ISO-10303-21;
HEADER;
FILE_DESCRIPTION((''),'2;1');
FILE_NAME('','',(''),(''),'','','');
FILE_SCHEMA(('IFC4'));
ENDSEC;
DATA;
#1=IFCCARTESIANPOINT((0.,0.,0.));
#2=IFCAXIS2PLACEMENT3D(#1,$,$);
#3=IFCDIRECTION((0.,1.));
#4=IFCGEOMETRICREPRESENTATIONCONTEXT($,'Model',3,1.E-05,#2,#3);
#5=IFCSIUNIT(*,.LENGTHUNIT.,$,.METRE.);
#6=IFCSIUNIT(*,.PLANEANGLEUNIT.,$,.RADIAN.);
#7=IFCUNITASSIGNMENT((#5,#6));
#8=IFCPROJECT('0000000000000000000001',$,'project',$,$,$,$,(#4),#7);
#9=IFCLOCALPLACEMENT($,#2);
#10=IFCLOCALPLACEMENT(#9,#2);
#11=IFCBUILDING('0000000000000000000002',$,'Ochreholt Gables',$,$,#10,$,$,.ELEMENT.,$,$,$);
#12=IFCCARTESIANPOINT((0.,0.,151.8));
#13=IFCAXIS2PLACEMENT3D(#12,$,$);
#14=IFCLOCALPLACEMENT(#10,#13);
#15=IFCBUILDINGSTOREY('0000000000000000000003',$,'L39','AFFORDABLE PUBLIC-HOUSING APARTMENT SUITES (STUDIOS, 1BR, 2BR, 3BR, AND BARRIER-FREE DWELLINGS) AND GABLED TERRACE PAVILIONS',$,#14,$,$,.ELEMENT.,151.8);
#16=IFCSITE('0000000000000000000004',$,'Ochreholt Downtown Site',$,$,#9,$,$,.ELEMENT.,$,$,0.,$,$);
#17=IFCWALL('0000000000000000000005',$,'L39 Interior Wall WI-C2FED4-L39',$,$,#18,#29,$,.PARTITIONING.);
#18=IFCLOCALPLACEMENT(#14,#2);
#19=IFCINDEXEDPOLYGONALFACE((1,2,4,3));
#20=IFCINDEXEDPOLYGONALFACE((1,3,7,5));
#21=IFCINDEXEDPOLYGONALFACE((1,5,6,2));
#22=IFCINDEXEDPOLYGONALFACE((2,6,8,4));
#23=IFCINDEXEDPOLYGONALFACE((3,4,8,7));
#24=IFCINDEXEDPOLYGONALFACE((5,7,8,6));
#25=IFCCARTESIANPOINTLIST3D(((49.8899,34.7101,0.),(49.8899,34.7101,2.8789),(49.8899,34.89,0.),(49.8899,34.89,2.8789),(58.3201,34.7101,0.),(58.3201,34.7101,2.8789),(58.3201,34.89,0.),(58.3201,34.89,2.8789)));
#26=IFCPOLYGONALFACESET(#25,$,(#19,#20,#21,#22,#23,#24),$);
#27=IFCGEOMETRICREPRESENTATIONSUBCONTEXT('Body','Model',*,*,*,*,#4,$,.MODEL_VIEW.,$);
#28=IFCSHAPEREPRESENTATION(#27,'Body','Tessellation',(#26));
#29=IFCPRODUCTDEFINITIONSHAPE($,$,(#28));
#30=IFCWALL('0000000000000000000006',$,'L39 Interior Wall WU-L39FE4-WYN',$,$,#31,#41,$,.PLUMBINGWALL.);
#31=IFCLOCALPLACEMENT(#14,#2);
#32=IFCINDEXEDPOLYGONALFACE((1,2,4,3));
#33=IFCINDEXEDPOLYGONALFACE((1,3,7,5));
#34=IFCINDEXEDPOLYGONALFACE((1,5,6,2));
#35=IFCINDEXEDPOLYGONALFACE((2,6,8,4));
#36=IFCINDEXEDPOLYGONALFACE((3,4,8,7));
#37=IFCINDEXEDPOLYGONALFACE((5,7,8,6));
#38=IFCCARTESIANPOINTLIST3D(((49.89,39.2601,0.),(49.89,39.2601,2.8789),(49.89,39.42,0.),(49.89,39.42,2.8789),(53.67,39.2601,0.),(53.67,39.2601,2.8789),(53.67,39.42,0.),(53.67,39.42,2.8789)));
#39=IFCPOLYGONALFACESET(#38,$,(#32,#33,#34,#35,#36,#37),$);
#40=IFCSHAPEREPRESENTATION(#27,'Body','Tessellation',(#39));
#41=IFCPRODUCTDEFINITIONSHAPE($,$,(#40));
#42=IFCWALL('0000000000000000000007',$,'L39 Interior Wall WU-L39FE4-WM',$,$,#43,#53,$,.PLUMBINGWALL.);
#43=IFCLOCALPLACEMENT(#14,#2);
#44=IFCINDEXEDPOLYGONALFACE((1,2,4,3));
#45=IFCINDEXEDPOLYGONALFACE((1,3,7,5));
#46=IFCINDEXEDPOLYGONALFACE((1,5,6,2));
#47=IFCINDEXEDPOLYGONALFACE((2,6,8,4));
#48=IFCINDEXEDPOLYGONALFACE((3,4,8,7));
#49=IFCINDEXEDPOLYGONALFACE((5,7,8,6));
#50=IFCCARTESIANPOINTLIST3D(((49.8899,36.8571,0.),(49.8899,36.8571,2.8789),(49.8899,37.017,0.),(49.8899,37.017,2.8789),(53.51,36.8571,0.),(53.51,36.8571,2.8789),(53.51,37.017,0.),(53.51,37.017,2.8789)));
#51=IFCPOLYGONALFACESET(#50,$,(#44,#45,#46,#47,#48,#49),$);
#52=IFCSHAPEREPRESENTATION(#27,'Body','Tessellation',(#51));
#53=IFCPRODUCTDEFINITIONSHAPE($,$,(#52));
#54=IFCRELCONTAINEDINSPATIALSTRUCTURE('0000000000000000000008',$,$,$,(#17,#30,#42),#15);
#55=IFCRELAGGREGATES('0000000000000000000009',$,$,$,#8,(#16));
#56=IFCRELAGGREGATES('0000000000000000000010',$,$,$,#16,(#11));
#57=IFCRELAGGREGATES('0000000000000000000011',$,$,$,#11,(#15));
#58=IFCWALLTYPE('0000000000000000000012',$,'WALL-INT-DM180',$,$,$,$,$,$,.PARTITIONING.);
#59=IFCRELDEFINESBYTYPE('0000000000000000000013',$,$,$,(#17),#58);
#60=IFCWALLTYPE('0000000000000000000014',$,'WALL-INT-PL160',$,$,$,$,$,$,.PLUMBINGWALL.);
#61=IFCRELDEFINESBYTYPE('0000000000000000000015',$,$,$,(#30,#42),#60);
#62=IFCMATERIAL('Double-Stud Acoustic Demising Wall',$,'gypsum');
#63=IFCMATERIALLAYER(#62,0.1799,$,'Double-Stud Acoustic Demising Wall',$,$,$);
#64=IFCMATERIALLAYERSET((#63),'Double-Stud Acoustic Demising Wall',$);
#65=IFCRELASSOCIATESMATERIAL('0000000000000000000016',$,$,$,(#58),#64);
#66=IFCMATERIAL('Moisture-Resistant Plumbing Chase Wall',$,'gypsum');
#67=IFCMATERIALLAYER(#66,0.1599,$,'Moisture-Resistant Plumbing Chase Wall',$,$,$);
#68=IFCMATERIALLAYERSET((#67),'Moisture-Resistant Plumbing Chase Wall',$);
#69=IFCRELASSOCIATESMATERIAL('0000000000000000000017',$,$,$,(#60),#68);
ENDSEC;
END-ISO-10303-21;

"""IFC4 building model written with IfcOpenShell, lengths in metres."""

from ifc_helpers import new_model, si_unit, direction, frame, frame_2d, origin, place, context, subcontext, project, spatial, rectangle, extrude, material, layer, layer_set, type_object, element, save


model = new_model("IFC4")

# Units and contexts
model_context = context("Model", 3, precision=1e-05, world=origin(), true_north=direction((0.0, 1.0)))
body_context = subcontext(model_context, "Body", "Model", "MODEL_VIEW")
ifc_project = project(units=[si_unit("LENGTHUNIT", "METRE"), si_unit("PLANEANGLEUNIT", "RADIAN")], contexts=[model_context])

# Site, building, storey
site_placement = place(None, origin())
site = spatial("IfcSite", under=ifc_project, at=site_placement, Name="Ochreholt Downtown Site", CompositionType="ELEMENT", RefElevation=0.0)
building_placement = place(site_placement, origin())
building = spatial("IfcBuilding", under=site, at=building_placement, Name="Ochreholt Gables", CompositionType="ELEMENT")
storey_placement = place(building_placement, frame((0.0, 0.0, 151.8)))
storey = spatial("IfcBuildingStorey", under=building, at=storey_placement, Name="L39", Description="AFFORDABLE PUBLIC-HOUSING APARTMENT SUITES (STUDIOS, 1BR, 2BR, 3BR, AND BARRIER-FREE DWELLINGS) AND GABLED TERRACE PAVILIONS", CompositionType="ELEMENT", Elevation=151.8)

# Walls
ifc_material_1 = material(Name="Double-Stud Acoustic Demising Wall", Category="gypsum")
ifc_layer_1 = layer(ifc_material_1, 0.1799, Name="Double-Stud Acoustic Demising Wall")
ifc_layer_set_1 = layer_set([ifc_layer_1], Name="Double-Stud Acoustic Demising Wall")
wall_type_1 = type_object("IfcWallType", Name="WALL-INT-DM180", PredefinedType="PARTITIONING", material=ifc_layer_set_1)
wall_1_placement = place(storey_placement, frame((49.8899, 34.8, 0.0), z_axis=(0.0, 0.0, 1.0), x_axis=(1.0, 0.0, 0.0)))
element("IfcWall", 1, at=wall_1_placement, inside=storey, type_object=wall_type_1, Name="L39 Interior Wall WI-C2FED4-L39", PredefinedType="PARTITIONING", context=body_context, shape_type="SweptSolid", body=[
    extrude(rectangle(XDim=8.4302, YDim=0.1799, at=frame_2d((4.2151, 0.0))), origin(), (0.0, 0.0, 1.0), 2.8789),
])
ifc_material_2 = material(Name="Moisture-Resistant Plumbing Chase Wall", Category="gypsum")
ifc_layer_2 = layer(ifc_material_2, 0.1599, Name="Moisture-Resistant Plumbing Chase Wall")
ifc_layer_set_2 = layer_set([ifc_layer_2], Name="Moisture-Resistant Plumbing Chase Wall")
wall_type_2 = type_object("IfcWallType", Name="WALL-INT-PL160", PredefinedType="PLUMBINGWALL", material=ifc_layer_set_2)
wall_2_placement = place(storey_placement, frame((49.8899, 39.3401, 0.0), z_axis=(0.0, 0.0, 1.0), x_axis=(1.0, 0.0, 0.0)))
element("IfcWall", 2, at=wall_2_placement, inside=storey, type_object=wall_type_2, Name="L39 Interior Wall WU-L39FE4-WYN", PredefinedType="PLUMBINGWALL", context=body_context, shape_type="SweptSolid", body=[
    extrude(rectangle(XDim=3.78, YDim=0.1599, at=frame_2d((1.8901, 0.0))), origin(), (0.0, 0.0, 1.0), 2.8789),
])

# Wall
wall_3_placement = place(storey_placement, frame((49.8899, 36.937, 0.0), z_axis=(0.0, 0.0, 1.0), x_axis=(1.0, 0.0, 0.0)))
element("IfcWall", 3, at=wall_3_placement, inside=storey, type_object=wall_type_2, Name="L39 Interior Wall WU-L39FE4-WM", PredefinedType="PLUMBINGWALL", context=body_context, shape_type="SweptSolid", body=[
    extrude(rectangle(XDim=3.6201, YDim=0.1599, at=frame_2d((1.8101, 0.0))), origin(), (0.0, 0.0, 1.0), 2.8789),
])

save(model, "model.ifc")
